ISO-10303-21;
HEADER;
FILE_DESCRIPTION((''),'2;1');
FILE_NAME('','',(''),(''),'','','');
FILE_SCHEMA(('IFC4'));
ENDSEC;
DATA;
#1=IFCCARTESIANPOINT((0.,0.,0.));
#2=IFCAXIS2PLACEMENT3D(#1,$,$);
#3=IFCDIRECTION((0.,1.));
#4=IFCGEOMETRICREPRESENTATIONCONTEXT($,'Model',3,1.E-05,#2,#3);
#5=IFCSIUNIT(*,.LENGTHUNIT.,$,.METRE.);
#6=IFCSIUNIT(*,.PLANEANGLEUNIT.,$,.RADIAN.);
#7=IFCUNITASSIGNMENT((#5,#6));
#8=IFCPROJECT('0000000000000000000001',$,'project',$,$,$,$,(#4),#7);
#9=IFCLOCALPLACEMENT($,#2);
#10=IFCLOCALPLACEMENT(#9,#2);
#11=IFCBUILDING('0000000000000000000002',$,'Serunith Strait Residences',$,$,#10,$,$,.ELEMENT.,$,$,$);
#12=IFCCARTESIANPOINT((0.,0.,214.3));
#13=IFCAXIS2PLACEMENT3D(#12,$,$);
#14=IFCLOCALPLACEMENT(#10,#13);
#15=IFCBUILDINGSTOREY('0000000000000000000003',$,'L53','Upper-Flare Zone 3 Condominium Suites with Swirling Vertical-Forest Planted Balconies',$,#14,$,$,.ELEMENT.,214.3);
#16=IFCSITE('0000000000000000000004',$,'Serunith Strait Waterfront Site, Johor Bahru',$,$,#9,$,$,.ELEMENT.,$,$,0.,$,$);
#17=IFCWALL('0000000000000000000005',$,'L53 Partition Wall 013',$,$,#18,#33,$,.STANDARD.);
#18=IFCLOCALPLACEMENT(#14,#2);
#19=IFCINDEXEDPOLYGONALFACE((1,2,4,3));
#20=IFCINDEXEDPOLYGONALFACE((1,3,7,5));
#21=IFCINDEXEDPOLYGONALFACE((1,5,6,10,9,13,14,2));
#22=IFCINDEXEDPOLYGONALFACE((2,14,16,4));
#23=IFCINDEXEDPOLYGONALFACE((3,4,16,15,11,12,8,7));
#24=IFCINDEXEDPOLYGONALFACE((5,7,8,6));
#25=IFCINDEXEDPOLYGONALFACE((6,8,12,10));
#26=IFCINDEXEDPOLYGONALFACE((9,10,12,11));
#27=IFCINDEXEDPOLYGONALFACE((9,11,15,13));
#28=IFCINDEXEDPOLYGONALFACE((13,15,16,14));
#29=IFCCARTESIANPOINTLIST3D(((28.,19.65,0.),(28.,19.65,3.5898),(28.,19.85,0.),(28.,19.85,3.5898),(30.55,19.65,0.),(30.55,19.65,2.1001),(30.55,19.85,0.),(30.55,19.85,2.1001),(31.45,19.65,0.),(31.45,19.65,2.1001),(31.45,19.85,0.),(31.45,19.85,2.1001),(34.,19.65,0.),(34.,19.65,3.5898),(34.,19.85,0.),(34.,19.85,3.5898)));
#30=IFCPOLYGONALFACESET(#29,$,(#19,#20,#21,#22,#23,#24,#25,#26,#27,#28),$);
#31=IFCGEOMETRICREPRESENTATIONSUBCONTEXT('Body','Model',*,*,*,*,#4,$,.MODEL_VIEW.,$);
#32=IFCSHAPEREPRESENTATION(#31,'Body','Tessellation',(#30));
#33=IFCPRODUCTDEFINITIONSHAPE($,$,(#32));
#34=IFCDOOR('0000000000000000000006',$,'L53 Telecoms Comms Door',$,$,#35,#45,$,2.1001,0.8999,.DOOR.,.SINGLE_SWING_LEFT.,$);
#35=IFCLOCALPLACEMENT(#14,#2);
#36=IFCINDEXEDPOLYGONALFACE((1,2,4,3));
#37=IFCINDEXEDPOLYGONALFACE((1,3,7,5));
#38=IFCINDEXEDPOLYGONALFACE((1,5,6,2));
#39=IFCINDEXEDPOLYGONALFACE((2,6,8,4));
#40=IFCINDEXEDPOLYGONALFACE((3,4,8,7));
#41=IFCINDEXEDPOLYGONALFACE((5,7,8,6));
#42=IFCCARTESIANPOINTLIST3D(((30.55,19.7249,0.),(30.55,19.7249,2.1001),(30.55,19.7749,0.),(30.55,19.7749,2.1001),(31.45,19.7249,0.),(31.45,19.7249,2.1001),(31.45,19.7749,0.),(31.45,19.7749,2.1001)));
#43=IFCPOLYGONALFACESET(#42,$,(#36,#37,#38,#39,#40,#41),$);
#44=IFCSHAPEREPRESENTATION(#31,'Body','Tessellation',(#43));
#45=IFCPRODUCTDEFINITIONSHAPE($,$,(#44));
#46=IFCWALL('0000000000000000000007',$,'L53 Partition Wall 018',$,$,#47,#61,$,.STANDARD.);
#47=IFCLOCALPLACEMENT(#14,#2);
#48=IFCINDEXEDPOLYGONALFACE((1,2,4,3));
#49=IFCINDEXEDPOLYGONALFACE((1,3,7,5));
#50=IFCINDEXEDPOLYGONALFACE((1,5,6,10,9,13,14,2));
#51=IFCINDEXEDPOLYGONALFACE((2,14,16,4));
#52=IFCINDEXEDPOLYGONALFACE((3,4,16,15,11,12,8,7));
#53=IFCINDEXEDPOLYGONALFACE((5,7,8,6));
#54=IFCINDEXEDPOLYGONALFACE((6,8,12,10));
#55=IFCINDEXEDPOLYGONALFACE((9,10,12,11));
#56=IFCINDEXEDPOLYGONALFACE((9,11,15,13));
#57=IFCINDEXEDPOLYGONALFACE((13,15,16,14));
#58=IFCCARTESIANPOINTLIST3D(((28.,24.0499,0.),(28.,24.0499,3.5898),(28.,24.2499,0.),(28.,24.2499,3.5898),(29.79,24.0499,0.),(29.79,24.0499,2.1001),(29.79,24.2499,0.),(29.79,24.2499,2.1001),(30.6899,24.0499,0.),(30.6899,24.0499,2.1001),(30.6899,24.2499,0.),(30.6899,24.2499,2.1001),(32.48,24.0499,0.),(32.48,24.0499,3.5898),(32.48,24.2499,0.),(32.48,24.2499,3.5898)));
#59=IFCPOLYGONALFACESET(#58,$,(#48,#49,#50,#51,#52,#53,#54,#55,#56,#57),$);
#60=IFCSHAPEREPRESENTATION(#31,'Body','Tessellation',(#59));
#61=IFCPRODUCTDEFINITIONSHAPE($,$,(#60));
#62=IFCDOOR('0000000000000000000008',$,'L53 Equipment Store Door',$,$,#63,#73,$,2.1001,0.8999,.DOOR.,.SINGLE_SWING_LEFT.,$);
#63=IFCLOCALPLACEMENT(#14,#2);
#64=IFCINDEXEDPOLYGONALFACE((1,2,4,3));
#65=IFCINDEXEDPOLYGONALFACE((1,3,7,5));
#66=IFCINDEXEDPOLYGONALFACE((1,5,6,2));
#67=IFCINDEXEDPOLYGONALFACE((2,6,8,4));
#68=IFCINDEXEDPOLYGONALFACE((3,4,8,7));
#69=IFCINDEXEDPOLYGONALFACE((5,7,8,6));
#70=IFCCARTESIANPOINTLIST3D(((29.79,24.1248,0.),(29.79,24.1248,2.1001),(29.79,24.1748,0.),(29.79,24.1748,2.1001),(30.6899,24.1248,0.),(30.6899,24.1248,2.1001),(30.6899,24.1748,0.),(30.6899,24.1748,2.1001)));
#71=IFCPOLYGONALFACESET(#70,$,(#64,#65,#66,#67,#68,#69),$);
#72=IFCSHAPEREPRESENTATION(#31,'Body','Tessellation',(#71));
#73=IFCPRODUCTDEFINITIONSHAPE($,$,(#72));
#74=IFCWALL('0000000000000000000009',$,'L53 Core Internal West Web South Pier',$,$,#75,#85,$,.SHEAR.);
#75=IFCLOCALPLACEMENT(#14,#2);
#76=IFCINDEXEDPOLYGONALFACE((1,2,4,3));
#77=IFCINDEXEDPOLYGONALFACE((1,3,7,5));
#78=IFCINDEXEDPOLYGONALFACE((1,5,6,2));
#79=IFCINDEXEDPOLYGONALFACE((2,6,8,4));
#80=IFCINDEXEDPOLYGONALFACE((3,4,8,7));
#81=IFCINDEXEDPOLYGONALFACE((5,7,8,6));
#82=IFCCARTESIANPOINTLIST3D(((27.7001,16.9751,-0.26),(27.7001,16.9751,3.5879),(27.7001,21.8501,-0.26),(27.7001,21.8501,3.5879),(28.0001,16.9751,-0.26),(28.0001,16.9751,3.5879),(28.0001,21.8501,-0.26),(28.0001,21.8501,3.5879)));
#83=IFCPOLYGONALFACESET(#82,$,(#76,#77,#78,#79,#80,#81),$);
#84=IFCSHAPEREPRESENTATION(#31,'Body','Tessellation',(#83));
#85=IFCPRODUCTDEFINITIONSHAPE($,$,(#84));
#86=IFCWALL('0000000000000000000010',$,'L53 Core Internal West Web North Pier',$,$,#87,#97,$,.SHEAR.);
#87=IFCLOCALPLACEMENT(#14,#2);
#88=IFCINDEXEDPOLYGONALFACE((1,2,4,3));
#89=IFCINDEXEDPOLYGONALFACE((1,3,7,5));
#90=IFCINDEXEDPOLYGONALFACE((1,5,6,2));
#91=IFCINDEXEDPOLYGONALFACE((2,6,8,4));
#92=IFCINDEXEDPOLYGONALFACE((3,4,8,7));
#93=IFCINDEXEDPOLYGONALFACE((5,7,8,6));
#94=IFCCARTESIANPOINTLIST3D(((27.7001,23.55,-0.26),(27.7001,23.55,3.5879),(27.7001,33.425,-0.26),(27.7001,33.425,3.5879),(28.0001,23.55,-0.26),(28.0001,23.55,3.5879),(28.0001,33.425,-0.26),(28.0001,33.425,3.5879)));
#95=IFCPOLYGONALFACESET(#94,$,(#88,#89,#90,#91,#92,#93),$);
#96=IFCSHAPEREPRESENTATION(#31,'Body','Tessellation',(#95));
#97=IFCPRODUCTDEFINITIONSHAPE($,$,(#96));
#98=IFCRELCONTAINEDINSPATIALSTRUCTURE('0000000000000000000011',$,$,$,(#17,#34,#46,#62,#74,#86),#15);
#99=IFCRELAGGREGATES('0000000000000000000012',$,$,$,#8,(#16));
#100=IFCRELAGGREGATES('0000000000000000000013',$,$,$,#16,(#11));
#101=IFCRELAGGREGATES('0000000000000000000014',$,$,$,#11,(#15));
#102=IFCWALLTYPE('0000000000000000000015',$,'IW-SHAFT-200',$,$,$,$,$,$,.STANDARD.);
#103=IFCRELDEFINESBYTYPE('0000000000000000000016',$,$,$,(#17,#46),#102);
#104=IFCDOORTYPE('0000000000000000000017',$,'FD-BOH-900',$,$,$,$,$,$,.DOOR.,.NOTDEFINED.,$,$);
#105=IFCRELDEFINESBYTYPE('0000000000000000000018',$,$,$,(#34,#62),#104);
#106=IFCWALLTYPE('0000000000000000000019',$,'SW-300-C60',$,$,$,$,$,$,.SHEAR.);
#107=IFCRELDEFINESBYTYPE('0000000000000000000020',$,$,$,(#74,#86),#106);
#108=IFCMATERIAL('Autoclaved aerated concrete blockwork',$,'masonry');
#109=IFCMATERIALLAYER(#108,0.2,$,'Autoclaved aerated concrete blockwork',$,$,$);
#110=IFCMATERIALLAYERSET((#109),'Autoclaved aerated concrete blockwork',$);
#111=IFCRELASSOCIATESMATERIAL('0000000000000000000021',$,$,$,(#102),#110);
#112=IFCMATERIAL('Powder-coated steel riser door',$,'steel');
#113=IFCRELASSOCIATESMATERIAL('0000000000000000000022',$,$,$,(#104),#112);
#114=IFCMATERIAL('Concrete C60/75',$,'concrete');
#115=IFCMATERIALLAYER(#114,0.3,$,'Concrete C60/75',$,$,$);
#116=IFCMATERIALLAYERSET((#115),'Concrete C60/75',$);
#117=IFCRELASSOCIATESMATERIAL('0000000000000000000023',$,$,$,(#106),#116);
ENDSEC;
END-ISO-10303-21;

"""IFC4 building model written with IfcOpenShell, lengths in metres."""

from ifc_helpers import new_model, si_unit, direction, frame, frame_2d, origin, place, context, subcontext, project, spatial, rectangle, extrude, source, transform, mapped, material, layer, layer_set, type_object, element, fill, save


model = new_model("IFC4")

# Units and contexts
model_context = context("Model", 3, precision=1e-05, world=origin(), true_north=direction((0.0, 1.0)))
body_context = subcontext(model_context, "Body", "Model", "MODEL_VIEW")
ifc_project = project(units=[si_unit("LENGTHUNIT", "METRE"), si_unit("PLANEANGLEUNIT", "RADIAN")], contexts=[model_context])

# Site, building, storey
site_placement = place(None, origin())
site = spatial("IfcSite", under=ifc_project, at=site_placement, Name="Serunith Strait Waterfront Site, Johor Bahru", CompositionType="ELEMENT", RefElevation=0.0)
building_placement = place(site_placement, origin())
building = spatial("IfcBuilding", under=site, at=building_placement, Name="Serunith Strait Residences", CompositionType="ELEMENT")
storey_placement = place(building_placement, frame((0.0, 0.0, 214.3)))
storey = spatial("IfcBuildingStorey", under=building, at=storey_placement, Name="L53", Description="Upper-Flare Zone 3 Condominium Suites with Swirling Vertical-Forest Planted Balconies", CompositionType="ELEMENT", Elevation=214.3)

# Shared definitions
ifc_material_1 = material(Name="Autoclaved aerated concrete blockwork", Category="masonry")
ifc_layer_1 = layer(ifc_material_1, 0.2, Name="Autoclaved aerated concrete blockwork")
ifc_layer_set_1 = layer_set([ifc_layer_1], Name="Autoclaved aerated concrete blockwork")
wall_type_1 = type_object("IfcWallType", Name="IW-SHAFT-200", PredefinedType="STANDARD", material=ifc_layer_set_1)

# Walls, openings, doors
wall_1_placement = place(storey_placement, frame((28.0, 19.75, 0.0), z_axis=(0.0, 0.0, 1.0), x_axis=(1.0, 0.0, 0.0)))
wall_1 = element("IfcWall", 1, at=wall_1_placement, inside=storey, type_object=wall_type_1, Name="L53 Partition Wall 013", PredefinedType="STANDARD", context=body_context, shape_type="SweptSolid", body=[
    extrude(rectangle(XDim=6.0, YDim=0.2, at=frame_2d((3.0, 0.0))), origin(), (0.0, 0.0, 1.0), 3.5898),
])
opening_1_placement = place(wall_1_placement, frame((2.55, 0.0, 0.0)))
opening_1 = element("IfcOpeningElement", 2, at=opening_1_placement, cuts=wall_1, PredefinedType="OPENING", context=body_context, shape_type="SweptSolid", body=[
    extrude(rectangle(XDim=0.8999, YDim=2.1001, at=frame_2d((0.45, 1.05))), frame((0.0, 0.1099, 0.0), z_axis=(0.0, -1.0, 0.0), x_axis=(1.0, 0.0, 0.0)), (0.0, 0.0, 1.0), 0.22),
])
ifc_material_2 = material(Name="Powder-coated steel riser door", Category="steel")
door_type_1 = type_object("IfcDoorType", Name="FD-BOH-900", OperationType="NOTDEFINED", PredefinedType="DOOR", material=ifc_material_2)
shared_shape_1 = source(origin(), body_context, "Body", "SweptSolid", [
    extrude(rectangle(XDim=0.8999, YDim=2.1001, at=frame_2d((0.45, 1.05))), frame((0.0, 0.0249, 0.0), z_axis=(0.0, -1.0, 0.0), x_axis=(1.0, 0.0, 0.0)), (0.0, 0.0, 1.0), 0.05),
])
door_1_placement = place(opening_1_placement, origin())
door_1 = element("IfcDoor", 3, at=door_1_placement, inside=storey, type_object=door_type_1, Name="L53 Telecoms Comms Door", OperationType="SINGLE_SWING_LEFT", OverallHeight=2.1001, OverallWidth=0.8999, PredefinedType="DOOR", context=body_context, shape_type="MappedRepresentation", body=[
    mapped(shared_shape_1, transform((0.0, 0.0, 0.0), scale=1.0)),
])
fill(opening_1, door_1)
wall_2_placement = place(storey_placement, frame((28.0, 24.1499, 0.0), z_axis=(0.0, 0.0, 1.0), x_axis=(1.0, 0.0, 0.0)))
wall_2 = element("IfcWall", 4, at=wall_2_placement, inside=storey, type_object=wall_type_1, Name="L53 Partition Wall 018", PredefinedType="STANDARD", context=body_context, shape_type="SweptSolid", body=[
    extrude(rectangle(XDim=4.48, YDim=0.2, at=frame_2d((2.24, 0.0))), origin(), (0.0, 0.0, 1.0), 3.5898),
])
opening_2_placement = place(wall_2_placement, frame((1.79, 0.0, 0.0)))
opening_2 = element("IfcOpeningElement", 5, at=opening_2_placement, cuts=wall_2, PredefinedType="OPENING", context=body_context, shape_type="SweptSolid", body=[
    extrude(rectangle(XDim=0.8999, YDim=2.1001, at=frame_2d((0.45, 1.05))), frame((0.0, 0.1099, 0.0), z_axis=(0.0, -1.0, 0.0), x_axis=(1.0, 0.0, 0.0)), (0.0, 0.0, 1.0), 0.22),
])
door_2_placement = place(opening_2_placement, origin())
door_2 = element("IfcDoor", 6, at=door_2_placement, inside=storey, type_object=door_type_1, Name="L53 Equipment Store Door", OperationType="SINGLE_SWING_LEFT", OverallHeight=2.1001, OverallWidth=0.8999, PredefinedType="DOOR", context=body_context, shape_type="MappedRepresentation", body=[
    mapped(shared_shape_1, transform((0.0, 0.0, 0.0), scale=1.0)),
])
fill(opening_2, door_2)

# Walls
ifc_material_3 = material(Name="Concrete C60/75", Category="concrete")
ifc_layer_2 = layer(ifc_material_3, 0.3, Name="Concrete C60/75")
ifc_layer_set_2 = layer_set([ifc_layer_2], Name="Concrete C60/75")
wall_type_2 = type_object("IfcWallType", Name="SW-300-C60", PredefinedType="SHEAR", material=ifc_layer_set_2)
wall_3_placement = place(storey_placement, frame((27.8501, 16.9751, -0.26), z_axis=(0.0, 0.0, 1.0), x_axis=(0.0, 1.0, 0.0)))
element("IfcWall", 7, at=wall_3_placement, inside=storey, type_object=wall_type_2, Name="L53 Core Internal West Web South Pier", PredefinedType="SHEAR", context=body_context, shape_type="SweptSolid", body=[
    extrude(rectangle(XDim=4.875, YDim=0.3, at=frame_2d((2.4375, 0.0))), origin(), (0.0, 0.0, 1.0), 3.8479),
])
wall_4_placement = place(storey_placement, frame((27.8501, 23.55, -0.26), z_axis=(0.0, 0.0, 1.0), x_axis=(0.0, 1.0, 0.0)))
element("IfcWall", 8, at=wall_4_placement, inside=storey, type_object=wall_type_2, Name="L53 Core Internal West Web North Pier", PredefinedType="SHEAR", context=body_context, shape_type="SweptSolid", body=[
    extrude(rectangle(XDim=9.875, YDim=0.3, at=frame_2d((4.9375, 0.0))), origin(), (0.0, 0.0, 1.0), 3.8479),
])

save(model, "model.ifc")
